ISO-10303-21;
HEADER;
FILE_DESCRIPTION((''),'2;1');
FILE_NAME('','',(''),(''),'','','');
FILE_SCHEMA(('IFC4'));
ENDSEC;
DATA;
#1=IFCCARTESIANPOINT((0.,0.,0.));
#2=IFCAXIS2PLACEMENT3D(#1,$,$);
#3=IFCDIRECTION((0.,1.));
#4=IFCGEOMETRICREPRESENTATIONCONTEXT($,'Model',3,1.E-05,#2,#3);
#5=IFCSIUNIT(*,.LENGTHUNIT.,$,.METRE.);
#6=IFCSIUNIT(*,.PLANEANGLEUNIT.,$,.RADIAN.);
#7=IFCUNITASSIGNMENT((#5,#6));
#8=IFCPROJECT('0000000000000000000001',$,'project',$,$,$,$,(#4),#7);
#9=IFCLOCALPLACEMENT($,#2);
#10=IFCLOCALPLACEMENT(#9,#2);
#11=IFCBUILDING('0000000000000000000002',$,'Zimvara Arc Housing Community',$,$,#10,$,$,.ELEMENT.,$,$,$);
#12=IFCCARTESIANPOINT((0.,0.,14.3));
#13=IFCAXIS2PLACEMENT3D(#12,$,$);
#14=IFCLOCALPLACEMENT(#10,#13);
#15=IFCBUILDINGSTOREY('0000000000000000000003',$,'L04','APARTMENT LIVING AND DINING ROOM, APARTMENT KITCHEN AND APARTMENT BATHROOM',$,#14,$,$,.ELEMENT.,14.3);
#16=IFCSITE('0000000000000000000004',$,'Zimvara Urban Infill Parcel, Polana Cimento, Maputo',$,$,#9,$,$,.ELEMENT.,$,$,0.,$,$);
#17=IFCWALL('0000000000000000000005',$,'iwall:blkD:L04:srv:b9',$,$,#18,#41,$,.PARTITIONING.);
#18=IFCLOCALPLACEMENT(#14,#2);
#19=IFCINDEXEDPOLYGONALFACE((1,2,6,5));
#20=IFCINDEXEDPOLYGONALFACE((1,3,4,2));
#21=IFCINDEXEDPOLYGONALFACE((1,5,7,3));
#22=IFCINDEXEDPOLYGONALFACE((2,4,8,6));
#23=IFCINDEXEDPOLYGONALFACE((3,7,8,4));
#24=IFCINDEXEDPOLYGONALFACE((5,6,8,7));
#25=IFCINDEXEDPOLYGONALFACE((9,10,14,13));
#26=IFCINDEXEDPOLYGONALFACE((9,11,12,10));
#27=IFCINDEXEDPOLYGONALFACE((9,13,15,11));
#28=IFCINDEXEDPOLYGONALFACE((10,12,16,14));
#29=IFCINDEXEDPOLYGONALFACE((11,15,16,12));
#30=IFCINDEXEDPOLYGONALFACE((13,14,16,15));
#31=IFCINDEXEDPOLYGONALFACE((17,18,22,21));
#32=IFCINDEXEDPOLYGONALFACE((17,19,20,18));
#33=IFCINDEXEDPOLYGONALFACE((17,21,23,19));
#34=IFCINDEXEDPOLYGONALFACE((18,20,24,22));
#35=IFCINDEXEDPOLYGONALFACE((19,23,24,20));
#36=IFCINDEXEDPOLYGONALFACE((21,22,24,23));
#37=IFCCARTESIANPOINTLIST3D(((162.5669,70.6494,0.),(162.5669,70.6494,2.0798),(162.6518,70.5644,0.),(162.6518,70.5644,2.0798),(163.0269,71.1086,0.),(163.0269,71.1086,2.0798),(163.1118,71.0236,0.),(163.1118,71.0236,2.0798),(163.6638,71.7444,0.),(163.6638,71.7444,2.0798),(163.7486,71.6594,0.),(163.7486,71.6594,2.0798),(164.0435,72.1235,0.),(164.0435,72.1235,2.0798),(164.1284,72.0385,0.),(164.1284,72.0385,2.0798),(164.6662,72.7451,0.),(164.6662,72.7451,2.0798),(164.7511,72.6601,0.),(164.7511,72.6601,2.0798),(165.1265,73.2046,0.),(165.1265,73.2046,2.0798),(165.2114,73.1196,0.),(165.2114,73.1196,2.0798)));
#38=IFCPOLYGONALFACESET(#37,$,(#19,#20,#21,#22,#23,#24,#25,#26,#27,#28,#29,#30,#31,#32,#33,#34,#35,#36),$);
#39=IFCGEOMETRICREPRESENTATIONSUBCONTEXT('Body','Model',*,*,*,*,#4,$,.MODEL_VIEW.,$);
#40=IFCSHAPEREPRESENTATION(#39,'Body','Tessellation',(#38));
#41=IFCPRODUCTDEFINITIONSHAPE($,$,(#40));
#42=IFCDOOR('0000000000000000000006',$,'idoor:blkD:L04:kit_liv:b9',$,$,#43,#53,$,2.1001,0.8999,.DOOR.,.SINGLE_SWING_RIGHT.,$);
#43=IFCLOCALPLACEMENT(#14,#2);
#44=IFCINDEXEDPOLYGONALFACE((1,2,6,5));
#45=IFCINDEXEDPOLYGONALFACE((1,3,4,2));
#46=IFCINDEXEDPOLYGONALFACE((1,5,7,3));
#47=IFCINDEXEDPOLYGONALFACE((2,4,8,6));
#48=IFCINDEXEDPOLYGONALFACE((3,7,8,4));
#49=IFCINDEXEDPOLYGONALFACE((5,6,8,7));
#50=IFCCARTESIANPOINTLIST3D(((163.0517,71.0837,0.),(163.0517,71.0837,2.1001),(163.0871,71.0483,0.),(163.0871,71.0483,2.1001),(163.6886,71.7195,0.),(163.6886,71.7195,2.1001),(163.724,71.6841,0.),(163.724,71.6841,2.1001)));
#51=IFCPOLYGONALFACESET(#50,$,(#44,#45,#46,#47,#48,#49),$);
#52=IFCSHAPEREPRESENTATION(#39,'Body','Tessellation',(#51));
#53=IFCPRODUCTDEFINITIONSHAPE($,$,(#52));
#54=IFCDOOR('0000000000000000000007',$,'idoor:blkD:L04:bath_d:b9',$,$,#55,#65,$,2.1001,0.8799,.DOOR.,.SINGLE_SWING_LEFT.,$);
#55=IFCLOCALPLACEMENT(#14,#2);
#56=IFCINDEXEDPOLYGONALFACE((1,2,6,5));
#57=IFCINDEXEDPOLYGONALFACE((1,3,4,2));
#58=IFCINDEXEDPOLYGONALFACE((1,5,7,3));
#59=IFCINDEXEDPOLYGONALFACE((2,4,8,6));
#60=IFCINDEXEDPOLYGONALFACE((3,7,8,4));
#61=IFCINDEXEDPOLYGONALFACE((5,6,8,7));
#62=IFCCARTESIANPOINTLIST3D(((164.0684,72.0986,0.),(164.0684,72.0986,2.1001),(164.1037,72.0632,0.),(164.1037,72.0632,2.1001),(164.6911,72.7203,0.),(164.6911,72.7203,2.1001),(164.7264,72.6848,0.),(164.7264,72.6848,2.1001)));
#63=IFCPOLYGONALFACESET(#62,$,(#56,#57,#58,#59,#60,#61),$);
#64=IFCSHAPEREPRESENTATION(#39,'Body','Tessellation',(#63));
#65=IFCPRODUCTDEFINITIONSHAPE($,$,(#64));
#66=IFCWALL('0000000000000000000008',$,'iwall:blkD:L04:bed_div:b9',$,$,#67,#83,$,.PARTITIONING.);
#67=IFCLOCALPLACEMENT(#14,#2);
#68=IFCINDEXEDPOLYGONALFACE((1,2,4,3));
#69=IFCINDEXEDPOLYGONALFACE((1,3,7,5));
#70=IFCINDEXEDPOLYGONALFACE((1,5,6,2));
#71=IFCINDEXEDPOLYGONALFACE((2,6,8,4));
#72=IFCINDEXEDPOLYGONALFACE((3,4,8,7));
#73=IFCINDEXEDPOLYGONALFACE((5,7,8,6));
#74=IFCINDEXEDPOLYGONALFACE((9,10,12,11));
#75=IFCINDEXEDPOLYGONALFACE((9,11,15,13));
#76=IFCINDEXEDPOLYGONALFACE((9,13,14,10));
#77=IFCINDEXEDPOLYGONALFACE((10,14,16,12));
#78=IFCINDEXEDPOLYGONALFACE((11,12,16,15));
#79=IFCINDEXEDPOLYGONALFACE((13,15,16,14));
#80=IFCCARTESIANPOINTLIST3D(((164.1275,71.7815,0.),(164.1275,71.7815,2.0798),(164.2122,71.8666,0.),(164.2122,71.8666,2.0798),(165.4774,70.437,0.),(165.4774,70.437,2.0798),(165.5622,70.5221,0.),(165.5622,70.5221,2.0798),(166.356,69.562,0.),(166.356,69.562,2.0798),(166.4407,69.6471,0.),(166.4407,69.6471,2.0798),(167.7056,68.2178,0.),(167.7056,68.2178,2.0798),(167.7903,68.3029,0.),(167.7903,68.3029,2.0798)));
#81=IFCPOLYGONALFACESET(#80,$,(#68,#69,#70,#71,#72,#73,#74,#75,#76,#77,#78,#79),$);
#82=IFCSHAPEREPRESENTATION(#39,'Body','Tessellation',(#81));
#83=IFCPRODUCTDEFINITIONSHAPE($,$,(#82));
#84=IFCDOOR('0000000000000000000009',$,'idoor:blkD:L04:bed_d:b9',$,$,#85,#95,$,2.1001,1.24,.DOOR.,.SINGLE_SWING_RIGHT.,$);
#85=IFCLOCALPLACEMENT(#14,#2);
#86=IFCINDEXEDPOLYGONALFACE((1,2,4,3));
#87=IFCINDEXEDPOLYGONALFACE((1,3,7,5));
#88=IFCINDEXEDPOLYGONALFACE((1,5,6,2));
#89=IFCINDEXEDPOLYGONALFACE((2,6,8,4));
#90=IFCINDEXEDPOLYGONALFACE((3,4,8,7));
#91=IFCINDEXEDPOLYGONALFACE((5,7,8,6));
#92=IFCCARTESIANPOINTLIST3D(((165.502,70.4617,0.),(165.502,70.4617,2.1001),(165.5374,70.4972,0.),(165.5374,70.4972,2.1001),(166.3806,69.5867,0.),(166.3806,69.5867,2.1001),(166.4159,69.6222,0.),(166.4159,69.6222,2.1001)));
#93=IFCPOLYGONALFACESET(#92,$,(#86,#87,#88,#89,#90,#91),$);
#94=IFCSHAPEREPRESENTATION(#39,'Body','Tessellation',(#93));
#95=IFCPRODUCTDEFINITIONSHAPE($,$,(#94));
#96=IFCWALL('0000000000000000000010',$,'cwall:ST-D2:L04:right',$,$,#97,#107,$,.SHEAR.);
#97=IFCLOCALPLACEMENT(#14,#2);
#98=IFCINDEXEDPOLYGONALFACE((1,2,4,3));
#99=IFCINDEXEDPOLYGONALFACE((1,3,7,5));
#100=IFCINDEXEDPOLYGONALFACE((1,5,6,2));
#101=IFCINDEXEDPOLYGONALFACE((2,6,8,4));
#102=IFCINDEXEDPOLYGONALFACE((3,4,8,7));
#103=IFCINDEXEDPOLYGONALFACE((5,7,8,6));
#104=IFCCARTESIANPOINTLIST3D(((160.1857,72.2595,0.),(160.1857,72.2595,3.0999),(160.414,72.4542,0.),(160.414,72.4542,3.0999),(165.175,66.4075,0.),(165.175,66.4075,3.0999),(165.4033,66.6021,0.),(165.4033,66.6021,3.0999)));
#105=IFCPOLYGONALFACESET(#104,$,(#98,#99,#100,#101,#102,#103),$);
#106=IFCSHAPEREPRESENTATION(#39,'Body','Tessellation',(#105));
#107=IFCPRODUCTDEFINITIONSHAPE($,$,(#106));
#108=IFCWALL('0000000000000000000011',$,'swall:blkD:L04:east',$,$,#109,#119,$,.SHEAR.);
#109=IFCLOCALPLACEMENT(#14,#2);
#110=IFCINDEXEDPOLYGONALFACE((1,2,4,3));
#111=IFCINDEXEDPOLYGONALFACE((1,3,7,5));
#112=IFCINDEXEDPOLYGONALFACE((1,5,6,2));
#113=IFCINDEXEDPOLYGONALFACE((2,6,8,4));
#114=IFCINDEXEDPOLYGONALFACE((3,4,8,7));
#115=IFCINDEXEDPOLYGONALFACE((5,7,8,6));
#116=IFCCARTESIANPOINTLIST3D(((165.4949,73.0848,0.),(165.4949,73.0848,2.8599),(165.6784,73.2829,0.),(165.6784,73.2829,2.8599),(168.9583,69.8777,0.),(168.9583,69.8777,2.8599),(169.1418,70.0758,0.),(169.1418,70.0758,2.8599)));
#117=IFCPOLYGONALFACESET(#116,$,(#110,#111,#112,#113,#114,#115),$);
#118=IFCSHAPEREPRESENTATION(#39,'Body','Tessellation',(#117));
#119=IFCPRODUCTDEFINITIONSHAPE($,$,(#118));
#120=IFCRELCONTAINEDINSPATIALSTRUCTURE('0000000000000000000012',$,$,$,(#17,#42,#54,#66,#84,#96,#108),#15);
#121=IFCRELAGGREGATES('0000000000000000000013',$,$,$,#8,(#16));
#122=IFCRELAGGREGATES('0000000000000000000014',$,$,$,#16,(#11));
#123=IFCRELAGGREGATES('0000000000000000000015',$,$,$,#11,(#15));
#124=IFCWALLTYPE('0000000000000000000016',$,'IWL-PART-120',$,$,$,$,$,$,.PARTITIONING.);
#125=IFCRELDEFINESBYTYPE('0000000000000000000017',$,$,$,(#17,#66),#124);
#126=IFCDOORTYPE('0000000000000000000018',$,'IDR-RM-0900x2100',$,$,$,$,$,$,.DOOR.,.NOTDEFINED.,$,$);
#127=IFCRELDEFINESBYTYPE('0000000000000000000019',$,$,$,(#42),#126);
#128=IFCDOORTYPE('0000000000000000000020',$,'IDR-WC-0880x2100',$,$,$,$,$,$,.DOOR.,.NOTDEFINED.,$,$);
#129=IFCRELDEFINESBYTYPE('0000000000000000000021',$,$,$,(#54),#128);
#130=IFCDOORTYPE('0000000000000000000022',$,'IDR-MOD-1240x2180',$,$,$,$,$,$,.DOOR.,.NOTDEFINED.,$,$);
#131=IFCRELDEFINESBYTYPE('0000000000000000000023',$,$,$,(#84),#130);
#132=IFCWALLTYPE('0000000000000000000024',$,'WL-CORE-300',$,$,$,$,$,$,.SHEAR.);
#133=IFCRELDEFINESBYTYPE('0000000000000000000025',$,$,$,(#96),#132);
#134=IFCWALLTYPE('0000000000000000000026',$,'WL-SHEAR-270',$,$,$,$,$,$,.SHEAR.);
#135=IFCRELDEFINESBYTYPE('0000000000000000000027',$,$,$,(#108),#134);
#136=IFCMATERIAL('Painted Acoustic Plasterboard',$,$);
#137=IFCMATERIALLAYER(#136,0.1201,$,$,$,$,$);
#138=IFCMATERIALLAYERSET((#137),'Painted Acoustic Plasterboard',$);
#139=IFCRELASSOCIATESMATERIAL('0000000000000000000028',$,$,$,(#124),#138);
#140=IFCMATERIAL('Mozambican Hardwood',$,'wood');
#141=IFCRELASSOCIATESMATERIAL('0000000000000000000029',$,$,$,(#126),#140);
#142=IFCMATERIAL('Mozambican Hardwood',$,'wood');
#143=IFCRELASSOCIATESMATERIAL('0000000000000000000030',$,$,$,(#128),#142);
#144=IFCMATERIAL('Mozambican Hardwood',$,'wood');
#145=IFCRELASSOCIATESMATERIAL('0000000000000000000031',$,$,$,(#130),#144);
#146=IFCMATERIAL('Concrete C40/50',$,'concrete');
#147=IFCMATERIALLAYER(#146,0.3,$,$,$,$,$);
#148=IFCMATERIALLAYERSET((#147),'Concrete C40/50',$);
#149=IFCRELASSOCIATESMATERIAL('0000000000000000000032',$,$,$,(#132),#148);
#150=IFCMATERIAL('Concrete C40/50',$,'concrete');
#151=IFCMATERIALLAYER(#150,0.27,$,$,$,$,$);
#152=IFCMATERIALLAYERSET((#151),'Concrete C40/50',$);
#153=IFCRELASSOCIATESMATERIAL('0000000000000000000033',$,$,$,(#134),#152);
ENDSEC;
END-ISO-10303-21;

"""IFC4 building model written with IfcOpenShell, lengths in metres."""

from ifc_helpers import new_model, si_unit, direction, frame, frame_2d, origin, place, context, subcontext, project, spatial, rectangle, extrude, material, layer, layer_set, type_object, element, fill, save


model = new_model("IFC4")

# Units and contexts
model_context = context("Model", 3, precision=1e-05, world=origin(), true_north=direction((0.0, 1.0)))
body_context = subcontext(model_context, "Body", "Model", "MODEL_VIEW")
ifc_project = project(units=[si_unit("LENGTHUNIT", "METRE"), si_unit("PLANEANGLEUNIT", "RADIAN")], contexts=[model_context])

# Site, building, storey
site_placement = place(None, origin())
site = spatial("IfcSite", under=ifc_project, at=site_placement, Name="Zimvara Urban Infill Parcel, Polana Cimento, Maputo", CompositionType="ELEMENT", RefElevation=0.0)
building_placement = place(site_placement, origin())
building = spatial("IfcBuilding", under=site, at=building_placement, Name="Zimvara Arc Housing Community", CompositionType="ELEMENT")
storey_placement = place(building_placement, frame((0.0, 0.0, 14.3)))
storey = spatial("IfcBuildingStorey", under=building, at=storey_placement, Name="L04", Description="APARTMENT LIVING AND DINING ROOM, APARTMENT KITCHEN AND APARTMENT BATHROOM", CompositionType="ELEMENT", Elevation=14.3)

# Wall, openings, doors
ifc_material_1 = material(Name="Painted Acoustic Plasterboard")
ifc_layer_1 = layer(ifc_material_1, 0.1201)
ifc_layer_set_1 = layer_set([ifc_layer_1], Name="Painted Acoustic Plasterboard")
wall_type_1 = type_object("IfcWallType", Name="IWL-PART-120", PredefinedType="PARTITIONING", material=ifc_layer_set_1)
wall_1_placement = place(storey_placement, frame((162.6094, 70.6069, 0.0), z_axis=(0.0, 0.0, 1.0), x_axis=(0.707714, 0.706499, 0.0)))
wall_1 = element("IfcWall", 1, at=wall_1_placement, inside=storey, type_object=wall_type_1, Name="iwall:blkD:L04:srv:b9", PredefinedType="PARTITIONING", context=body_context, shape_type="SweptSolid", body=[
    extrude(rectangle(XDim=3.6167, YDim=0.1201, at=frame_2d((1.8083, 0.0))), origin(), (0.0, 0.0, 1.0), 2.0798),
])
opening_1_placement = place(wall_1_placement, frame((0.6499, 0.0, 0.0)))
opening_1 = element("IfcOpeningElement", 2, at=opening_1_placement, cuts=wall_1, PredefinedType="OPENING", context=body_context, shape_type="SweptSolid", body=[
    extrude(rectangle(XDim=0.8999, YDim=2.1001, at=frame_2d((0.45, 1.05))), frame((0.0, 0.0701, 0.0), z_axis=(0.0, -1.0, 0.0), x_axis=(1.0, 0.0, 0.0)), (0.0, 0.0, 1.0), 0.1401),
])
opening_2_placement = place(wall_1_placement, frame((2.0864, 0.0, 0.0)))
opening_2 = element("IfcOpeningElement", 3, at=opening_2_placement, cuts=wall_1, PredefinedType="OPENING", context=body_context, shape_type="SweptSolid", body=[
    extrude(rectangle(XDim=0.8799, YDim=2.1001, at=frame_2d((0.4399, 1.05))), frame((0.0, 0.0701, 0.0), z_axis=(0.0, -1.0, 0.0), x_axis=(1.0, 0.0, 0.0)), (0.0, 0.0, 1.0), 0.1401),
])
ifc_material_2 = material(Name="Mozambican Hardwood", Category="wood")
door_type_1 = type_object("IfcDoorType", Name="IDR-RM-0900x2100", OperationType="NOTDEFINED", PredefinedType="DOOR", material=ifc_material_2)
door_1_placement = place(opening_1_placement, origin())
door_1 = element("IfcDoor", 4, at=door_1_placement, inside=storey, type_object=door_type_1, Name="idoor:blkD:L04:kit_liv:b9", OperationType="SINGLE_SWING_RIGHT", OverallHeight=2.1001, OverallWidth=0.8999, PredefinedType="DOOR", context=body_context, shape_type="SweptSolid", body=[
    extrude(rectangle(XDim=0.8999, YDim=2.1001, at=frame_2d((0.45, 1.05))), frame((0.0, 0.0249, 0.0), z_axis=(0.0, -1.0, 0.0), x_axis=(1.0, 0.0, 0.0)), (0.0, 0.0, 1.0), 0.05),
])
fill(opening_1, door_1)
ifc_material_3 = material(Name="Mozambican Hardwood", Category="wood")
door_type_2 = type_object("IfcDoorType", Name="IDR-WC-0880x2100", OperationType="NOTDEFINED", PredefinedType="DOOR", material=ifc_material_3)
door_2_placement = place(opening_2_placement, origin())
door_2 = element("IfcDoor", 5, at=door_2_placement, inside=storey, type_object=door_type_2, Name="idoor:blkD:L04:bath_d:b9", OperationType="SINGLE_SWING_LEFT", OverallHeight=2.1001, OverallWidth=0.8799, PredefinedType="DOOR", context=body_context, shape_type="SweptSolid", body=[
    extrude(rectangle(XDim=0.8799, YDim=2.1001, at=frame_2d((0.4399, 1.05))), frame((0.0, 0.0249, 0.0), z_axis=(0.0, -1.0, 0.0), x_axis=(1.0, 0.0, 0.0)), (0.0, 0.0, 1.0), 0.05),
])
fill(opening_2, door_2)

# Wall, opening, door
wall_2_placement = place(storey_placement, frame((164.1699, 71.824, 0.0), z_axis=(0.0, 0.0, 1.0), x_axis=(0.708531, -0.705679, 0.0)))
wall_2 = element("IfcWall", 6, at=wall_2_placement, inside=storey, type_object=wall_type_1, Name="iwall:blkD:L04:bed_div:b9", PredefinedType="PARTITIONING", context=body_context, shape_type="SweptSolid", body=[
    extrude(rectangle(XDim=5.05, YDim=0.1201, at=frame_2d((2.5249, 0.0))), origin(), (0.0, 0.0, 1.0), 2.0798),
])
opening_3_placement = place(wall_2_placement, frame((1.905, 0.0, 0.0)))
opening_3 = element("IfcOpeningElement", 7, at=opening_3_placement, cuts=wall_2, PredefinedType="OPENING", context=body_context, shape_type="SweptSolid", body=[
    extrude(rectangle(XDim=1.24, YDim=2.1001, at=frame_2d((0.6201, 1.05))), frame((0.0, 0.0701, 0.0), z_axis=(0.0, -1.0, 0.0), x_axis=(1.0, 0.0, 0.0)), (0.0, 0.0, 1.0), 0.1401),
])
ifc_material_4 = material(Name="Mozambican Hardwood", Category="wood")
door_type_3 = type_object("IfcDoorType", Name="IDR-MOD-1240x2180", OperationType="NOTDEFINED", PredefinedType="DOOR", material=ifc_material_4)
door_3_placement = place(opening_3_placement, origin())
door_3 = element("IfcDoor", 8, at=door_3_placement, inside=storey, type_object=door_type_3, Name="idoor:blkD:L04:bed_d:b9", OperationType="SINGLE_SWING_RIGHT", OverallHeight=2.1001, OverallWidth=1.24, PredefinedType="DOOR", context=body_context, shape_type="SweptSolid", body=[
    extrude(rectangle(XDim=1.24, YDim=2.1001, at=frame_2d((0.6201, 1.05))), frame((0.0, 0.0249, 0.0), z_axis=(0.0, -1.0, 0.0), x_axis=(1.0, 0.0, 0.0)), (0.0, 0.0, 1.0), 0.05),
])
fill(opening_3, door_3)

# Walls
ifc_material_5 = material(Name="Concrete C40/50", Category="concrete")
ifc_layer_2 = layer(ifc_material_5, 0.3)
ifc_layer_set_2 = layer_set([ifc_layer_2], Name="Concrete C40/50")
wall_type_2 = type_object("IfcWallType", Name="WL-CORE-300", PredefinedType="SHEAR", material=ifc_layer_set_2)
wall_3_placement = place(storey_placement, frame((160.2998, 72.3569, 0.0), z_axis=(0.0, 0.0, 1.0), x_axis=(0.648781, -0.760975, 0.0)))
element("IfcWall", 9, at=wall_3_placement, inside=storey, type_object=wall_type_2, Name="cwall:ST-D2:L04:right", PredefinedType="SHEAR", context=body_context, shape_type="SweptSolid", body=[
    extrude(rectangle(XDim=7.6902, YDim=0.3, at=frame_2d((3.8452, 0.0))), origin(), (0.0, 0.0, 1.0), 3.0999),
])
ifc_material_6 = material(Name="Concrete C40/50", Category="concrete")
ifc_layer_3 = layer(ifc_material_6, 0.27)
ifc_layer_set_3 = layer_set([ifc_layer_3], Name="Concrete C40/50")
wall_type_3 = type_object("IfcWallType", Name="WL-SHEAR-270", PredefinedType="SHEAR", material=ifc_layer_set_3)
wall_4_placement = place(storey_placement, frame((165.5867, 73.1838, 0.0), z_axis=(0.0, 0.0, 1.0), x_axis=(0.73374, -0.679431, 0.0)))
element("IfcWall", 10, at=wall_4_placement, inside=storey, type_object=wall_type_3, Name="swall:blkD:L04:east", PredefinedType="SHEAR", context=body_context, shape_type="SweptSolid", body=[
    extrude(rectangle(XDim=4.7202, YDim=0.27, at=frame_2d((2.3601, 0.0))), origin(), (0.0, 0.0, 1.0), 2.8599),
])

save(model, "model.ifc")
